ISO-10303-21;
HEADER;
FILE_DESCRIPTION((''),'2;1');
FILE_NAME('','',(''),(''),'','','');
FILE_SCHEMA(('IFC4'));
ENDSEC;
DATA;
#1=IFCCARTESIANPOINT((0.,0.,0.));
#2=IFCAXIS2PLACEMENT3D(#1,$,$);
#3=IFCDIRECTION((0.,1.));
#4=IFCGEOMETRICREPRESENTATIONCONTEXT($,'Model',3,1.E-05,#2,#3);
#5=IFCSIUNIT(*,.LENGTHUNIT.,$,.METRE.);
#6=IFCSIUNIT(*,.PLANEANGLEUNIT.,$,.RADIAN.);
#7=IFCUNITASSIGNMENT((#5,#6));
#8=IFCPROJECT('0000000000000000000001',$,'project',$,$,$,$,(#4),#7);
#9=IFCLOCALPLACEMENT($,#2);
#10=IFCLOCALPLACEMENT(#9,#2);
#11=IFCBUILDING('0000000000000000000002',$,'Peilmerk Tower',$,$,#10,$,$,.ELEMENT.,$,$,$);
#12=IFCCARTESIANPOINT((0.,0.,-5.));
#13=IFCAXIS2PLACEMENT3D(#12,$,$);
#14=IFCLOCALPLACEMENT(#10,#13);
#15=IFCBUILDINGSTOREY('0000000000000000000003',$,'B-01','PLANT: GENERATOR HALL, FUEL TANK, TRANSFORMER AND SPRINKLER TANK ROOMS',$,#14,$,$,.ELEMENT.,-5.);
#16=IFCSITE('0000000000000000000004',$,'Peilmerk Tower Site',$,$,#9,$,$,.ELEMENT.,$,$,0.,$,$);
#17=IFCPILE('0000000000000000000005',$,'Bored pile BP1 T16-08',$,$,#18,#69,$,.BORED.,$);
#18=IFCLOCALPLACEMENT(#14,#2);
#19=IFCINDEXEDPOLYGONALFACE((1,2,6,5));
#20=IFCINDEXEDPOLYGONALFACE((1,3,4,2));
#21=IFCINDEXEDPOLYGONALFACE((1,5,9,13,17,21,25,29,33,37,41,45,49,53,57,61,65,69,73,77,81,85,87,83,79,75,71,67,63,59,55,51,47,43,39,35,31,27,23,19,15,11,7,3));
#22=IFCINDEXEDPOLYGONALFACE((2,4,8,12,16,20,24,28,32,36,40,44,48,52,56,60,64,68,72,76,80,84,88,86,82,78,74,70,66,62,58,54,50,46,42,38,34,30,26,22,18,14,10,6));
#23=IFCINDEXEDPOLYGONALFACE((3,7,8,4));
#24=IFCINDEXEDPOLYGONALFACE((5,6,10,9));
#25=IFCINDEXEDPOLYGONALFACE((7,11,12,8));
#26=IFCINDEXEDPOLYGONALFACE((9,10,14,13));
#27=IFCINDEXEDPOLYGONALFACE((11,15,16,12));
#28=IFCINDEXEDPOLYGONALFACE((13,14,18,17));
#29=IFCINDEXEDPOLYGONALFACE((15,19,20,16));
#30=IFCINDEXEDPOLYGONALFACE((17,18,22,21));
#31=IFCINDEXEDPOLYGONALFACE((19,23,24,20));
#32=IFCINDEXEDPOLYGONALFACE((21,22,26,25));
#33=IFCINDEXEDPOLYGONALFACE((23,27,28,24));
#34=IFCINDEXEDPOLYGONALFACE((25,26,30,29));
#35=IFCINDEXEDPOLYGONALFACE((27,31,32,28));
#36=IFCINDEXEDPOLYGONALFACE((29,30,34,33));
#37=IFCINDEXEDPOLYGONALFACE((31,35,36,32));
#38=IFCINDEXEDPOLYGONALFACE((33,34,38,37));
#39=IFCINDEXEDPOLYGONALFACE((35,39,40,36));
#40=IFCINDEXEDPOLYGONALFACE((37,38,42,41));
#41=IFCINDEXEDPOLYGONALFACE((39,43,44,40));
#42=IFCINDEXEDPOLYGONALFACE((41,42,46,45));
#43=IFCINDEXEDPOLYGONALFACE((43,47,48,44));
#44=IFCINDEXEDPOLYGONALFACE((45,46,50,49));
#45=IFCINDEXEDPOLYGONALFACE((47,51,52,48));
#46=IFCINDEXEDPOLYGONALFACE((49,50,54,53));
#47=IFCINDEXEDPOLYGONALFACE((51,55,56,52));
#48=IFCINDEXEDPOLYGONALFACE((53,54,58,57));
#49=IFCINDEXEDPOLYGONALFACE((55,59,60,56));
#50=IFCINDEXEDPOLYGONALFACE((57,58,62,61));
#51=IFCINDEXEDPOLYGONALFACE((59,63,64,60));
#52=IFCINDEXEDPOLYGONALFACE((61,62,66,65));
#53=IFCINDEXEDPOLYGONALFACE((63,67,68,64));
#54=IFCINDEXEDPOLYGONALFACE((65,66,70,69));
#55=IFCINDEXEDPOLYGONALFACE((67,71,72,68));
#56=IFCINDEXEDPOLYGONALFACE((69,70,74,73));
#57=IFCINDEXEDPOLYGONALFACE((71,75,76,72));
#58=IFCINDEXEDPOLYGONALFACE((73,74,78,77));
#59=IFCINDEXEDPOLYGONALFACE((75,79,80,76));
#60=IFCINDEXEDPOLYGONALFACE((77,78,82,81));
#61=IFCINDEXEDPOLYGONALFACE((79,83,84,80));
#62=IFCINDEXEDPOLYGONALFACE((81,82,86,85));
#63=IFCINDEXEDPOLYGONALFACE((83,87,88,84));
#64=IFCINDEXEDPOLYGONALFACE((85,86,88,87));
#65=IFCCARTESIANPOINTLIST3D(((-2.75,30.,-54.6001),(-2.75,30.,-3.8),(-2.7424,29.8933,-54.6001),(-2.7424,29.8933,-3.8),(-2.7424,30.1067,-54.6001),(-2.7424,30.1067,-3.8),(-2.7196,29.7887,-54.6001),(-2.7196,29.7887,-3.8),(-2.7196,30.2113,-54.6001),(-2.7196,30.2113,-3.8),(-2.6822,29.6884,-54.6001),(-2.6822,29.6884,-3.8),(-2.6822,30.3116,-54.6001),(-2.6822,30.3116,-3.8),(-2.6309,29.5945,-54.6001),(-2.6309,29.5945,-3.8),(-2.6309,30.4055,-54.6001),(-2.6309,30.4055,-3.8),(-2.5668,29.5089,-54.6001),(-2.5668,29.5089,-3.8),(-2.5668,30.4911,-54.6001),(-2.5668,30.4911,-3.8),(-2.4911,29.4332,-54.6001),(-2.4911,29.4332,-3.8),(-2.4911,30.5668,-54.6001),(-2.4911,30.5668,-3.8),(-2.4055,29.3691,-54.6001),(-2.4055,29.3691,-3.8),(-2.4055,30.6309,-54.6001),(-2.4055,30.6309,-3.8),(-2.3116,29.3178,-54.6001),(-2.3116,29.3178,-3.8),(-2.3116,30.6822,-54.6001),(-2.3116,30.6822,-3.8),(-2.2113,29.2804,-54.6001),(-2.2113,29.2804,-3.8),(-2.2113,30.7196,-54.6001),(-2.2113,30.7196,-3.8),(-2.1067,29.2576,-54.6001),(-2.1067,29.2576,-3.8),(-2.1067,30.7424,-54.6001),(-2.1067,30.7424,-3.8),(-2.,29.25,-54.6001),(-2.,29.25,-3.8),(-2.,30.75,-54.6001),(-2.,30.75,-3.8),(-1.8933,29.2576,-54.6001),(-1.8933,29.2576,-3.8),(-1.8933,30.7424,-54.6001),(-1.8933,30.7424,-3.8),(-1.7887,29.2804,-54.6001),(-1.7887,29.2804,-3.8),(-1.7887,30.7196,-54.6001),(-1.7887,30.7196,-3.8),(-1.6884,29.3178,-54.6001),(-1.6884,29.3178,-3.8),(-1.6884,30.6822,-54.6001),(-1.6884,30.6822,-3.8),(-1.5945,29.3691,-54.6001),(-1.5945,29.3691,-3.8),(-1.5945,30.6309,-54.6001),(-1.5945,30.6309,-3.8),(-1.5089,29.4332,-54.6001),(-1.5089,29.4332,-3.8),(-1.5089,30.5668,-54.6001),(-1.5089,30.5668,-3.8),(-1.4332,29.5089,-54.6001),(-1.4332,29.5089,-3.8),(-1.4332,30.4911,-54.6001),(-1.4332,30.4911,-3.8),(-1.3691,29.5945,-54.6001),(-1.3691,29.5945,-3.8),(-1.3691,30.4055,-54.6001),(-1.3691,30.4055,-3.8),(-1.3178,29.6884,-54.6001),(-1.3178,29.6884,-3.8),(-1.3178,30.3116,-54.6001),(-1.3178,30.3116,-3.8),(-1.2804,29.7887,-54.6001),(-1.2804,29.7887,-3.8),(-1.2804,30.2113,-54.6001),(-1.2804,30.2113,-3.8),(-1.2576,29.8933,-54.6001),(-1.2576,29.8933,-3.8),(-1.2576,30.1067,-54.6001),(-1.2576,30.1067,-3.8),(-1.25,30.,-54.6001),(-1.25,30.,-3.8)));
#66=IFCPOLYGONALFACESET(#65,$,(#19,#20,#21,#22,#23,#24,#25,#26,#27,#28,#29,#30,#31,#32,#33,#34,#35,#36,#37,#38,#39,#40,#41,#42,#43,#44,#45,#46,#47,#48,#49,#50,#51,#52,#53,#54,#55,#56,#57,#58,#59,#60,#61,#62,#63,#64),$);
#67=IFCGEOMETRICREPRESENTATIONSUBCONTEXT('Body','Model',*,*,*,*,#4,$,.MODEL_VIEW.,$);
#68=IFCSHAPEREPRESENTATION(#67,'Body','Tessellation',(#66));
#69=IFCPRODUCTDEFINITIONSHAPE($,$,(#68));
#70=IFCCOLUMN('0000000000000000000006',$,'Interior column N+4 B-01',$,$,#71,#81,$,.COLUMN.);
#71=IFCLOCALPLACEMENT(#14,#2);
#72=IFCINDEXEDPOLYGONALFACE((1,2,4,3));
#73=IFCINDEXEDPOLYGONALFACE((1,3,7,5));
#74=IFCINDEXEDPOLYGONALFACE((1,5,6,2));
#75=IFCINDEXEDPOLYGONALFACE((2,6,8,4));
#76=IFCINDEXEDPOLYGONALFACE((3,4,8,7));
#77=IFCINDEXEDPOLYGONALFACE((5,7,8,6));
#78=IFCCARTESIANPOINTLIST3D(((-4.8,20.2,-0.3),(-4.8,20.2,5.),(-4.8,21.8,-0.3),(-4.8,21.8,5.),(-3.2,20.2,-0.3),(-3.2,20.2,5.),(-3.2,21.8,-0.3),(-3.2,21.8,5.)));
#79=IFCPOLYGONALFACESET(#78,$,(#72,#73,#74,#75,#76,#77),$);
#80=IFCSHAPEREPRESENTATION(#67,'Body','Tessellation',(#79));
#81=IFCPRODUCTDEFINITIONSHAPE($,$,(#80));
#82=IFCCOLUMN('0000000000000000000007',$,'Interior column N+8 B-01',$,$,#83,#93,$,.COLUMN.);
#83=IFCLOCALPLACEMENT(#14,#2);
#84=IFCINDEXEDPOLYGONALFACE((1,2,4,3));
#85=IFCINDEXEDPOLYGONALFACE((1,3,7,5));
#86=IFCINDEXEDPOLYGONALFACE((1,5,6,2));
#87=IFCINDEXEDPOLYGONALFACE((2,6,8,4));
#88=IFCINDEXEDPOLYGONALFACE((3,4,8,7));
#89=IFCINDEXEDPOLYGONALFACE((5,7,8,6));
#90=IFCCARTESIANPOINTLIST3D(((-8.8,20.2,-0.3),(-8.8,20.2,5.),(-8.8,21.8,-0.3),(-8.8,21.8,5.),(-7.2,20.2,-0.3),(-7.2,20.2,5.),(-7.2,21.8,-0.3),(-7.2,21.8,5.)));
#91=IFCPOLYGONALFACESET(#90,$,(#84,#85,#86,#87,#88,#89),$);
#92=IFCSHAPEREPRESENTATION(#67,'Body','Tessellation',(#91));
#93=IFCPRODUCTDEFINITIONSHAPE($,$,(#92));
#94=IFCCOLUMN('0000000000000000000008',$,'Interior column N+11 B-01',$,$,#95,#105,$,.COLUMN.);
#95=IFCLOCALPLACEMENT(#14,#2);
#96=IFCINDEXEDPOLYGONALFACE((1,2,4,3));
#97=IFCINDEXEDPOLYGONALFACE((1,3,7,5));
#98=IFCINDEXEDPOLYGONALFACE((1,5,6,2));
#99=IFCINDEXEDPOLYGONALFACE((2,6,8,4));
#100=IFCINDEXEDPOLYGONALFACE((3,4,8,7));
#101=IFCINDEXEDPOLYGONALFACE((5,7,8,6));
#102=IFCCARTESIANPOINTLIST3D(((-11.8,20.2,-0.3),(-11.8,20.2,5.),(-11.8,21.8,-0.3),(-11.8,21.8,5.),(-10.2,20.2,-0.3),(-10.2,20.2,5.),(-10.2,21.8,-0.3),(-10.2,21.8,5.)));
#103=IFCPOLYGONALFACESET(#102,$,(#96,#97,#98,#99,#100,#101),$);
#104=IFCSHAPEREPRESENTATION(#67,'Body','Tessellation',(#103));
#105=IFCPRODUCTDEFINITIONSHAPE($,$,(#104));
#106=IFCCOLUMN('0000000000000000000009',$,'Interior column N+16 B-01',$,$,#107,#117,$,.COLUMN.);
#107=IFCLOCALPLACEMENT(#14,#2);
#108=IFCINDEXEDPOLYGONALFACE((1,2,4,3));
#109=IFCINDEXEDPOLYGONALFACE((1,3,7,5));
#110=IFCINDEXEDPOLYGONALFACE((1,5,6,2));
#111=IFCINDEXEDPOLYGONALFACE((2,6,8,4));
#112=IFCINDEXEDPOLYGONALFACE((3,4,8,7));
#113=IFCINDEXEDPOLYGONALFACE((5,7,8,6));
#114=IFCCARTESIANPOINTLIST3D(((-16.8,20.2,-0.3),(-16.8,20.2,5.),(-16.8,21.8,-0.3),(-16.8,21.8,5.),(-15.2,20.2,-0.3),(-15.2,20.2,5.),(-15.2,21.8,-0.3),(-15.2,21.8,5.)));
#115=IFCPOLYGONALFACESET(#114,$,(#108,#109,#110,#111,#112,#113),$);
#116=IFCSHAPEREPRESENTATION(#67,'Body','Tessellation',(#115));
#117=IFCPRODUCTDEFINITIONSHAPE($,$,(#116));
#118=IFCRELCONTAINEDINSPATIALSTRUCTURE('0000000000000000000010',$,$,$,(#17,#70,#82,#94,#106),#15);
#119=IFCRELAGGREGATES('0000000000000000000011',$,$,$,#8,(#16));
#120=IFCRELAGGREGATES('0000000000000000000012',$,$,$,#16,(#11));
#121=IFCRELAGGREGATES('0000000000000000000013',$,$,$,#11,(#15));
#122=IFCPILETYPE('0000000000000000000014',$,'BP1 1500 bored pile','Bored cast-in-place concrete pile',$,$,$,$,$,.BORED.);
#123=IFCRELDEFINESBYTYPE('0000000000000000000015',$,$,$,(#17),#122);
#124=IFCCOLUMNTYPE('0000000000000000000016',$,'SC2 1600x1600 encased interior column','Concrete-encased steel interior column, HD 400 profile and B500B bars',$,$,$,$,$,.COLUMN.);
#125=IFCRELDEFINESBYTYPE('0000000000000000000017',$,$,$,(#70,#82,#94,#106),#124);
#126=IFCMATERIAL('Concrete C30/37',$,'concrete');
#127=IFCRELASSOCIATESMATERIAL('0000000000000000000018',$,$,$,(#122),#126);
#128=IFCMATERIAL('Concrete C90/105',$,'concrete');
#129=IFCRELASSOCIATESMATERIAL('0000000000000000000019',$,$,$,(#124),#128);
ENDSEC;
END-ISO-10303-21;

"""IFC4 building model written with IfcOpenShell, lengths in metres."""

from ifc_helpers import new_model, si_unit, direction, frame, origin, origin_2d, place, context, subcontext, project, spatial, rectangle, circle, extrude, material, material_profile, profile_set, type_object, element, save


model = new_model("IFC4")

# Units and contexts
model_context = context("Model", 3, precision=1e-05, world=origin(), true_north=direction((0.0, 1.0)))
body_context = subcontext(model_context, "Body", "Model", "MODEL_VIEW")
ifc_project = project(units=[si_unit("LENGTHUNIT", "METRE"), si_unit("PLANEANGLEUNIT", "RADIAN")], contexts=[model_context])

# Site, building, storey
site_placement = place(None, origin())
site = spatial("IfcSite", under=ifc_project, at=site_placement, Name="Peilmerk Tower Site", CompositionType="ELEMENT", RefElevation=0.0)
building_placement = place(site_placement, origin())
building = spatial("IfcBuilding", under=site, at=building_placement, Name="Peilmerk Tower", CompositionType="ELEMENT")
storey_placement = place(building_placement, frame((0.0, 0.0, -5.0)))
storey = spatial("IfcBuildingStorey", under=building, at=storey_placement, Name="B-01", Description="PLANT: GENERATOR HALL, FUEL TANK, TRANSFORMER AND SPRINKLER TANK ROOMS", CompositionType="ELEMENT", Elevation=-5.0)

# Pile
ifc_material_1 = material(Name="Concrete C30/37", Category="concrete")
ifc_material_profile_1 = material_profile(ifc_material_1, circle(Radius=0.75, at=origin_2d()), Name="BP 1500")
ifc_profile_set_1 = profile_set([ifc_material_profile_1], Name="Concrete C30/37")
pile_type = type_object("IfcPileType", Name="BP1 1500 bored pile", Description="Bored cast-in-place concrete pile", PredefinedType="BORED", material=ifc_profile_set_1)
for number, where, z_axis, x_axis, name in (
    (1, (-2.0, 30.0, -3.8), (0.0, 0.0, -1.0), (1.0, 0.0, 0.0), "Bored pile BP1 T16-08"),
):
    element("IfcPile", number, at=place(storey_placement, frame(where, z_axis=z_axis, x_axis=x_axis)), inside=storey, type_object=pile_type, Name=name, PredefinedType="BORED", context=body_context, shape_type="SweptSolid", body=[
        extrude(circle(Radius=0.75, at=origin_2d()), origin(), (0.0, 0.0, 1.0), 50.8),
    ])

# Columns
ifc_material_2 = material(Name="Concrete C90/105", Category="concrete")
ifc_material_profile_2 = material_profile(ifc_material_2, rectangle(XDim=1.6001, YDim=1.6001, at=origin_2d()), Name="RC 1600x1600")
ifc_profile_set_2 = profile_set([ifc_material_profile_2], Name="Concrete C90/105")
column_type = type_object("IfcColumnType", Name="SC2 1600x1600 encased interior column", Description="Concrete-encased steel interior column, HD 400 profile and B500B bars", PredefinedType="COLUMN", material=ifc_profile_set_2)
for number, where, z_axis, x_axis, name in (
    (2, (-4.0, 21.0, -0.3), (0.0, 0.0, 1.0), (1.0, 0.0, 0.0), "Interior column N+4 B-01"),
    (3, (-8.0, 21.0, -0.3), (0.0, 0.0, 1.0), (1.0, 0.0, 0.0), "Interior column N+8 B-01"),
    (4, (-11.0, 21.0, -0.3), (0.0, 0.0, 1.0), (1.0, 0.0, 0.0), "Interior column N+11 B-01"),
    (5, (-16.0, 21.0, -0.3), (0.0, 0.0, 1.0), (1.0, 0.0, 0.0), "Interior column N+16 B-01"),
):
    element("IfcColumn", number, at=place(storey_placement, frame(where, z_axis=z_axis, x_axis=x_axis)), inside=storey, type_object=column_type, Name=name, PredefinedType="COLUMN", context=body_context, shape_type="SweptSolid", body=[
        extrude(rectangle(XDim=1.6001, YDim=1.6001, at=origin_2d()), origin(), (0.0, 0.0, 1.0), 5.3),
    ])

save(model, "model.ifc")
